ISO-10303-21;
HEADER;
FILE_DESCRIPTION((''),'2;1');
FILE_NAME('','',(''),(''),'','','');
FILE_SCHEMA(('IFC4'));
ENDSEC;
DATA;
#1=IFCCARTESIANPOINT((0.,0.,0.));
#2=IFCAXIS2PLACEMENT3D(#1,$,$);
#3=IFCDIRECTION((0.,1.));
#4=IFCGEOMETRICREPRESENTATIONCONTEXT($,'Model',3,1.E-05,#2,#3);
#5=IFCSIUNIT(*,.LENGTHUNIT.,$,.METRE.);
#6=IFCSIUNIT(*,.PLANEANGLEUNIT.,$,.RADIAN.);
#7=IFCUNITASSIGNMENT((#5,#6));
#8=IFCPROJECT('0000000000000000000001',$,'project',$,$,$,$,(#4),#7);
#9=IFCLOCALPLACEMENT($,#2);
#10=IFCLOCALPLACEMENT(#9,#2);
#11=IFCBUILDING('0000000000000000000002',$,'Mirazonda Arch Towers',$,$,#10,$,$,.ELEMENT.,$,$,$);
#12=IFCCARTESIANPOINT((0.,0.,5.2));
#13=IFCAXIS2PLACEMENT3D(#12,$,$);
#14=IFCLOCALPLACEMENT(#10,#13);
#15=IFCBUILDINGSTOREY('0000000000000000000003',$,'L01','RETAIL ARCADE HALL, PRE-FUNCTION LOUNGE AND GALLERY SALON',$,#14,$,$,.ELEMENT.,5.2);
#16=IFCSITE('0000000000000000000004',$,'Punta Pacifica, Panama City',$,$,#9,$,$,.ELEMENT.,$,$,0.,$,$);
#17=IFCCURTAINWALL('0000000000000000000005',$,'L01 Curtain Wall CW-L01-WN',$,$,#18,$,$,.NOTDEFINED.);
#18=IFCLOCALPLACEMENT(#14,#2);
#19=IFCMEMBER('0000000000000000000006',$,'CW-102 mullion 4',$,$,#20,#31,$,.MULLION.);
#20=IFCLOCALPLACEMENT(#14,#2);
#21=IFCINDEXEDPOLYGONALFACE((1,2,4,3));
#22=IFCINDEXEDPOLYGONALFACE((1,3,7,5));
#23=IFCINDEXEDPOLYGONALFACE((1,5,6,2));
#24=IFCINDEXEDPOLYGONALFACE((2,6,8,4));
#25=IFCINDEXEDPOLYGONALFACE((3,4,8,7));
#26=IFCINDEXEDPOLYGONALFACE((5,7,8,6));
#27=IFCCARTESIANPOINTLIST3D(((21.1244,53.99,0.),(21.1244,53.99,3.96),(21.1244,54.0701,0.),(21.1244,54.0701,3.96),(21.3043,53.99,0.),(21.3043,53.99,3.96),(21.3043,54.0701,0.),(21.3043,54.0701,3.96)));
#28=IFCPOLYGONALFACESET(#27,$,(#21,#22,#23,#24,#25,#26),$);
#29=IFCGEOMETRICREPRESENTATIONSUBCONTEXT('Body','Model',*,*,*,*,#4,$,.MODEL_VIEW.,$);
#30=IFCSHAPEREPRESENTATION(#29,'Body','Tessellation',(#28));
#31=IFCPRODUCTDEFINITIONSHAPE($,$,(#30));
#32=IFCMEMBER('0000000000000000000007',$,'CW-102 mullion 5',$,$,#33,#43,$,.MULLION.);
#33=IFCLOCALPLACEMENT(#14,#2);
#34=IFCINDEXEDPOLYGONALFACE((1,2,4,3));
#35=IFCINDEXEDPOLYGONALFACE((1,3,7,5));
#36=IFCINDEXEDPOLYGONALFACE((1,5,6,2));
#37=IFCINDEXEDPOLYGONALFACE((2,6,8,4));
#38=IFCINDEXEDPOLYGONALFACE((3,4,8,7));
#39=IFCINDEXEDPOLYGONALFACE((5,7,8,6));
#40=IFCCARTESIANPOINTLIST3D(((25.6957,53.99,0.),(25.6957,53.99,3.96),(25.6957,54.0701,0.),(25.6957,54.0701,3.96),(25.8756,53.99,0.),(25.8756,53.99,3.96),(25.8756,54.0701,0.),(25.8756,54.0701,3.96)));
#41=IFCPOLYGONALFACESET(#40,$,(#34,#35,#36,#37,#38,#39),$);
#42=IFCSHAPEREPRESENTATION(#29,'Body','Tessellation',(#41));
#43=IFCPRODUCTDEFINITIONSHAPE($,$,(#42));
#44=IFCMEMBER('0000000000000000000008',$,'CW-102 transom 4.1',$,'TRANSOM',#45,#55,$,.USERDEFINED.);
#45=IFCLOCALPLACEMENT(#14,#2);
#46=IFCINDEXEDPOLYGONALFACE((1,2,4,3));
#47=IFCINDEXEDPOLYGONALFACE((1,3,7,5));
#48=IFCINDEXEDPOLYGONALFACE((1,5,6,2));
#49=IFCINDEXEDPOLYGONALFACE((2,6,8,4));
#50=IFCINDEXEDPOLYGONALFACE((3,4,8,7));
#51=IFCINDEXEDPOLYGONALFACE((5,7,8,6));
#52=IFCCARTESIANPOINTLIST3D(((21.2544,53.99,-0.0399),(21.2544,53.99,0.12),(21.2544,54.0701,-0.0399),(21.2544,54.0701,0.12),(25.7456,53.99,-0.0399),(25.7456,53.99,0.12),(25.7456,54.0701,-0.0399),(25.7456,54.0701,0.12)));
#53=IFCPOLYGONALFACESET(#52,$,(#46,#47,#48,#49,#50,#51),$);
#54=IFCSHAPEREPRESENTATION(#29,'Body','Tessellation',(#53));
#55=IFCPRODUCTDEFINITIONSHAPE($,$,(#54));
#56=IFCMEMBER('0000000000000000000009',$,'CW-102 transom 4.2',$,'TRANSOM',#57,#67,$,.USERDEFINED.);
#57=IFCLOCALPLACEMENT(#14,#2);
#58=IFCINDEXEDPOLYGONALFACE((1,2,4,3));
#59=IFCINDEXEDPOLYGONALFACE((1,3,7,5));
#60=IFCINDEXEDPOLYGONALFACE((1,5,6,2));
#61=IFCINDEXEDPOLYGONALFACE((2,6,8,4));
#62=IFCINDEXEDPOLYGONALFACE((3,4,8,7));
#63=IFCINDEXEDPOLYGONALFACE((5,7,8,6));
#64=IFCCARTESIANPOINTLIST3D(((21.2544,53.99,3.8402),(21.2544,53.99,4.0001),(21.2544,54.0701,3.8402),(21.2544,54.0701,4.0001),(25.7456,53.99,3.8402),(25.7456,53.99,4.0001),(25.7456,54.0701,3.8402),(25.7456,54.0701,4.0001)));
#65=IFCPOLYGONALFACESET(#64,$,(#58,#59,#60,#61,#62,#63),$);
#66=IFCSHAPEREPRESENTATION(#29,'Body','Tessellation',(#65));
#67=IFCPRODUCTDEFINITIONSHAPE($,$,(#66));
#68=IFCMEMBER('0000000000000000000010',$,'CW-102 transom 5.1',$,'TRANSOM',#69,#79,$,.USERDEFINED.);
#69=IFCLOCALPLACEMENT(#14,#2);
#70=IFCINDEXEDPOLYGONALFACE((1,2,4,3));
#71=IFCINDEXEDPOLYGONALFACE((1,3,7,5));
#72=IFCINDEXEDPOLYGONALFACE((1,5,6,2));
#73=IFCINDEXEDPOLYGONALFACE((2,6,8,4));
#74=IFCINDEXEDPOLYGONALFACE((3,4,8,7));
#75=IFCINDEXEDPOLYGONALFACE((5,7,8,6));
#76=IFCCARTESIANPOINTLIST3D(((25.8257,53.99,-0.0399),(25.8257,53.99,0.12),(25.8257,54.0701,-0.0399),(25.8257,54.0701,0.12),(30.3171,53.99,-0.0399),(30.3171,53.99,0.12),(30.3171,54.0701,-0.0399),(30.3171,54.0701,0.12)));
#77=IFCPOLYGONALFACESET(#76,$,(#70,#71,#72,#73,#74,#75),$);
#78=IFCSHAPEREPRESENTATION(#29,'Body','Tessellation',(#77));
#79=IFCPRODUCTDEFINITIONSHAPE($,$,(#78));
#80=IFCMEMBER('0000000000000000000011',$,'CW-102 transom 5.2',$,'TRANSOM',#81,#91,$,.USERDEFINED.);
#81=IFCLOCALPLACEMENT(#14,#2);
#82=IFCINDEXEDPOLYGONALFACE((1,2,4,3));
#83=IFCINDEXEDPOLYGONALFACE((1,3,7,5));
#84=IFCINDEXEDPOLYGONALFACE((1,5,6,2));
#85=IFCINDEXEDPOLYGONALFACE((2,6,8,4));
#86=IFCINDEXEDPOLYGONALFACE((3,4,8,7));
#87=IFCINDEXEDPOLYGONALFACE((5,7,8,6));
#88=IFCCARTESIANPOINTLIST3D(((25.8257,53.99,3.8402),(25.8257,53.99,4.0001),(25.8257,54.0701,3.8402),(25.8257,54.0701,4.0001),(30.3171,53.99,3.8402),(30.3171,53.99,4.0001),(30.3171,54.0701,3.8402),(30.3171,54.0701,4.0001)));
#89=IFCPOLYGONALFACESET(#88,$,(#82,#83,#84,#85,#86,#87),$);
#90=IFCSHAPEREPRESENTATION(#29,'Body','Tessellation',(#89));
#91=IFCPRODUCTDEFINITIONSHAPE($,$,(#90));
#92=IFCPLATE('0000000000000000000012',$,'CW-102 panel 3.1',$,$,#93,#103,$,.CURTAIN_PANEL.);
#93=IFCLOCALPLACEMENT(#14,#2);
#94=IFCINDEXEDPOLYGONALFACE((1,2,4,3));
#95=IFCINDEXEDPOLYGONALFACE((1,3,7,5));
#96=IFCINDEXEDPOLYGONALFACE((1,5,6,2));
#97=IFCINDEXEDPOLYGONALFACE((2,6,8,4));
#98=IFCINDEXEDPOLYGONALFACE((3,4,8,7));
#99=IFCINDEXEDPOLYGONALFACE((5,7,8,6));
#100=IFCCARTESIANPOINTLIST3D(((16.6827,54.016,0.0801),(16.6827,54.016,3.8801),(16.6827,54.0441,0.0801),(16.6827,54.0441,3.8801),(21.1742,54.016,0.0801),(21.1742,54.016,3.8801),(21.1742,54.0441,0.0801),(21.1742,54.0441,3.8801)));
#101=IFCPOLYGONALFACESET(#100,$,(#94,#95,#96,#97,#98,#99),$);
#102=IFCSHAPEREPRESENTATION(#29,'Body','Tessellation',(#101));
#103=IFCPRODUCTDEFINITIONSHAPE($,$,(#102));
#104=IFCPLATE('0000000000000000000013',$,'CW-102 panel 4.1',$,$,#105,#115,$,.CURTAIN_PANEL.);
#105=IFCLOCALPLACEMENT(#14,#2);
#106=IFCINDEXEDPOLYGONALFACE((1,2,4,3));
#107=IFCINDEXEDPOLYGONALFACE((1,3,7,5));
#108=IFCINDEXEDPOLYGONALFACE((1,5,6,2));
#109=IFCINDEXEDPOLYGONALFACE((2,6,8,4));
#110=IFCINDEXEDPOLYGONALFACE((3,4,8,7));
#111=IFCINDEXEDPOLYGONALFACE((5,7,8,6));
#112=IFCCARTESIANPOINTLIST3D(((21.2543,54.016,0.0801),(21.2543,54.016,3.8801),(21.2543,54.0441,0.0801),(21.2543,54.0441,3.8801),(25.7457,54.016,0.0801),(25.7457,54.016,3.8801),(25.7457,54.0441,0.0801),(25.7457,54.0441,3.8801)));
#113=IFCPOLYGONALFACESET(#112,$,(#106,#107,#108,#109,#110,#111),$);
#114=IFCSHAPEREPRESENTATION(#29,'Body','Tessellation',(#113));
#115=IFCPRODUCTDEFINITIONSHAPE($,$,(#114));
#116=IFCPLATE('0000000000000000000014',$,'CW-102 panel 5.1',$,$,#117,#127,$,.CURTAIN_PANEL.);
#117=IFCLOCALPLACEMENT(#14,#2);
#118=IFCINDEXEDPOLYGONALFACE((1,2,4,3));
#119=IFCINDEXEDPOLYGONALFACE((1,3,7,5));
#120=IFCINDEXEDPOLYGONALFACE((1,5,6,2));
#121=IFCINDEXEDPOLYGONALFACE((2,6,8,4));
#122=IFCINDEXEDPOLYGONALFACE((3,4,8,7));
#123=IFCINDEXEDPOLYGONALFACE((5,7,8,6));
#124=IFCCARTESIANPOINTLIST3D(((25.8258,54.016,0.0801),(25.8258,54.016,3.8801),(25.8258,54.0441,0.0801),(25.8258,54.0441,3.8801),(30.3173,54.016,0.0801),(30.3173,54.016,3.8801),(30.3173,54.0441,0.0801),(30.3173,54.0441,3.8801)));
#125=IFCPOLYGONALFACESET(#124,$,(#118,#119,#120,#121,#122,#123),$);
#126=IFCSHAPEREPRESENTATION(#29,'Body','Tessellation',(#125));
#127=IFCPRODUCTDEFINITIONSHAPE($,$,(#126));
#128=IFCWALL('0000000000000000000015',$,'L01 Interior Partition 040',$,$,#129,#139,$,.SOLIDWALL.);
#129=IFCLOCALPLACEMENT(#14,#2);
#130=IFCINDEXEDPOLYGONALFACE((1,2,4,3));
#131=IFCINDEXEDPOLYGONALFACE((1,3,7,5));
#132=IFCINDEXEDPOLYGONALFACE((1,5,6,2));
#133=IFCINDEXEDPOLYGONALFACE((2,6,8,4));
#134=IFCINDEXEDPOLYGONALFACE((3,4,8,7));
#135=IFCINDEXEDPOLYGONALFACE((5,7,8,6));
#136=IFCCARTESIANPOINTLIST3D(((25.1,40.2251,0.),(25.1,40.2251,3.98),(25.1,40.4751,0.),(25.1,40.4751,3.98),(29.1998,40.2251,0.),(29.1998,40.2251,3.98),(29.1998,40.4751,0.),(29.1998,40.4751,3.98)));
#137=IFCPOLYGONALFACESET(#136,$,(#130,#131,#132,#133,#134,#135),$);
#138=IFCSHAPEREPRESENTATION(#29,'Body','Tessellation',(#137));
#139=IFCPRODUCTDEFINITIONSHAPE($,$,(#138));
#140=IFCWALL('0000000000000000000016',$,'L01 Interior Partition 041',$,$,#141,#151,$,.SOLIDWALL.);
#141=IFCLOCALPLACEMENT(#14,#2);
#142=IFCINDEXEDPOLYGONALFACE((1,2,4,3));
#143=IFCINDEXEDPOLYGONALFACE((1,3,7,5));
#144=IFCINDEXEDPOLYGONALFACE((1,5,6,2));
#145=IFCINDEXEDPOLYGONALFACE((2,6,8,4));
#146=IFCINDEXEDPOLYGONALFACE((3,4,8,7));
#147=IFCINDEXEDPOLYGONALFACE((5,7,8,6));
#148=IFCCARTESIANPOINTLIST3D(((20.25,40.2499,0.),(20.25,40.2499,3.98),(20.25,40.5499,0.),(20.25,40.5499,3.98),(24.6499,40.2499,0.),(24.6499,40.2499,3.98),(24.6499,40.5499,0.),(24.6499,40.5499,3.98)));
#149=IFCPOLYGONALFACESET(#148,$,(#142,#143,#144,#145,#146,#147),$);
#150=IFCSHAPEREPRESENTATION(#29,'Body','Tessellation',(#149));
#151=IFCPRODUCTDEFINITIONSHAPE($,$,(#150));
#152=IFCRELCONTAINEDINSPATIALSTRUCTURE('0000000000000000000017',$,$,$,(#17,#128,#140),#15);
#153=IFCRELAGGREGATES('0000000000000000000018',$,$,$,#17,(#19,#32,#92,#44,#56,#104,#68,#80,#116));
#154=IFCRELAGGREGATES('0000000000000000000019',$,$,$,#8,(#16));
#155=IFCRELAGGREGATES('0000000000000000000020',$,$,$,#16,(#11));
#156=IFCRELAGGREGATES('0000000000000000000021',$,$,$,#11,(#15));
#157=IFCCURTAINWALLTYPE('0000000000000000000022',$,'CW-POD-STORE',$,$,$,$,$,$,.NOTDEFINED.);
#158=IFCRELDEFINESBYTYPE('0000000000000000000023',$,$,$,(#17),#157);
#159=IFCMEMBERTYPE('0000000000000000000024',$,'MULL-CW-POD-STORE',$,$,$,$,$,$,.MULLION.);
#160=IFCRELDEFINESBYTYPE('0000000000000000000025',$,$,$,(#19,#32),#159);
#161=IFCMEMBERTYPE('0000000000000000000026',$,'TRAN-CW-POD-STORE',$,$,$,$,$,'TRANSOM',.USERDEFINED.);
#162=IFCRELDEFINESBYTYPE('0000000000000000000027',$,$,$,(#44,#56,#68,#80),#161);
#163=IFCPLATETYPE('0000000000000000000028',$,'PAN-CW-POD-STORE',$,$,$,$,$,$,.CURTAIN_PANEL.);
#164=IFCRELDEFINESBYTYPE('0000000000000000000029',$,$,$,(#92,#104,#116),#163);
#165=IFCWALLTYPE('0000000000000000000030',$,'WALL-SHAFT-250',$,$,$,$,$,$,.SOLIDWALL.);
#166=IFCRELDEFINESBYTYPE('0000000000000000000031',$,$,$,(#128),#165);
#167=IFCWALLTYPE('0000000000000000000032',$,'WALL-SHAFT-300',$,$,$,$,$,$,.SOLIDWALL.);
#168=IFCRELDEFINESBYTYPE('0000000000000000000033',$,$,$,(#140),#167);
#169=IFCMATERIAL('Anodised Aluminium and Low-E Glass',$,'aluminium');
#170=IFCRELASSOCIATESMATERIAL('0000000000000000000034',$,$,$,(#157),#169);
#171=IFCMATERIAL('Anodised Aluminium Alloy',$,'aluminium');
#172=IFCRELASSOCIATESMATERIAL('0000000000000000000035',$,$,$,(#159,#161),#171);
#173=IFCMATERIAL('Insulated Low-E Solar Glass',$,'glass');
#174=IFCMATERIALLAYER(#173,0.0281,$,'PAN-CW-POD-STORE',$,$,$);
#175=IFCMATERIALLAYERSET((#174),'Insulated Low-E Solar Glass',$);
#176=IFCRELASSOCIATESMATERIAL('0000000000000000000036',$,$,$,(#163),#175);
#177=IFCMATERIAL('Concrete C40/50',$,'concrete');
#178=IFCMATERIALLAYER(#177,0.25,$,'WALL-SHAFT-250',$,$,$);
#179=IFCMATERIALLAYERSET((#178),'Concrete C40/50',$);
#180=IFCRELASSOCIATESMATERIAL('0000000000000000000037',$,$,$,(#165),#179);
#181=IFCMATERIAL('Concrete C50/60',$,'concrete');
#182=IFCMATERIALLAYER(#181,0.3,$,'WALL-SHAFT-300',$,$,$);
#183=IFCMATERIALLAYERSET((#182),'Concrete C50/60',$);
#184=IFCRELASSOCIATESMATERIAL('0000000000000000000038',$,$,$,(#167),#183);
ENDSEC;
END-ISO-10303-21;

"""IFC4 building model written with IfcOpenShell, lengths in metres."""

from ifc_helpers import new_model, si_unit, direction, frame, frame_2d, origin, origin_2d, place, context, subcontext, project, spatial, rectangle, extrude, material, layer, layer_set, material_profile, profile_set, type_object, element, aggregate, save


model = new_model("IFC4")

# Units and contexts
model_context = context("Model", 3, precision=1e-05, world=origin(), true_north=direction((0.0, 1.0)))
body_context = subcontext(model_context, "Body", "Model", "MODEL_VIEW")
ifc_project = project(units=[si_unit("LENGTHUNIT", "METRE"), si_unit("PLANEANGLEUNIT", "RADIAN")], contexts=[model_context])

# Site, building, storey
site_placement = place(None, origin())
site = spatial("IfcSite", under=ifc_project, at=site_placement, Name="Punta Pacifica, Panama City", CompositionType="ELEMENT", RefElevation=0.0)
building_placement = place(site_placement, origin())
building = spatial("IfcBuilding", under=site, at=building_placement, Name="Mirazonda Arch Towers", CompositionType="ELEMENT")
storey_placement = place(building_placement, frame((0.0, 0.0, 5.2)))
storey = spatial("IfcBuildingStorey", under=building, at=storey_placement, Name="L01", Description="RETAIL ARCADE HALL, PRE-FUNCTION LOUNGE AND GALLERY SALON", CompositionType="ELEMENT", Elevation=5.2)

# Shared definitions
ifc_material_1 = material(Name="Concrete C50/60", Category="concrete")

# Curtain wall, members, plates
ifc_material_2 = material(Name="Anodised Aluminium and Low-E Glass", Category="aluminium")
curtain_wall_type = type_object("IfcCurtainWallType", Name="CW-POD-STORE", PredefinedType="NOTDEFINED", material=ifc_material_2)
curtain_wall_placement = place(storey_placement, origin())
curtain_wall = element("IfcCurtainWall", 1, at=curtain_wall_placement, inside=storey, type_object=curtain_wall_type, Name="L01 Curtain Wall CW-L01-WN", PredefinedType="NOTDEFINED")
ifc_material_3 = material(Name="Anodised Aluminium Alloy", Category="aluminium")
ifc_material_profile_1 = material_profile(ifc_material_3, rectangle(XDim=0.0801, YDim=0.1799, at=origin_2d()), Name="ALU-MULL-80x180")
ifc_profile_set_1 = profile_set([ifc_material_profile_1], Name="Anodised Aluminium Alloy")
member_type_1 = type_object("IfcMemberType", Name="MULL-CW-POD-STORE", PredefinedType="MULLION", material=ifc_profile_set_1)
member_1_placement = place(storey_placement, frame((21.2144, 54.03, 0.0), z_axis=(0.0, 0.0, 1.0), x_axis=(0.0, 1.0, 0.0)))
member_1 = element("IfcMember", 2, at=member_1_placement, type_object=member_type_1, Name="CW-102 mullion 4", PredefinedType="MULLION", context=body_context, shape_type="SweptSolid", body=[
    extrude(rectangle(XDim=0.0801, YDim=0.1799, at=origin_2d()), origin(), (0.0, 0.0, 1.0), 3.96),
])
member_2_placement = place(storey_placement, frame((25.7856, 54.03, 0.0), z_axis=(0.0, 0.0, 1.0), x_axis=(0.0, 1.0, 0.0)))
member_2 = element("IfcMember", 3, at=member_2_placement, type_object=member_type_1, Name="CW-102 mullion 5", PredefinedType="MULLION", context=body_context, shape_type="SweptSolid", body=[
    extrude(rectangle(XDim=0.0801, YDim=0.1799, at=origin_2d()), origin(), (0.0, 0.0, 1.0), 3.96),
])
ifc_material_profile_2 = material_profile(ifc_material_3, rectangle(XDim=0.0801, YDim=0.1599, at=origin_2d()), Name="ALU-TRAN-80x160")
ifc_profile_set_2 = profile_set([ifc_material_profile_2], Name="Anodised Aluminium Alloy")
member_type_2 = type_object("IfcMemberType", Name="TRAN-CW-POD-STORE", ElementType="TRANSOM", PredefinedType="USERDEFINED", material=ifc_profile_set_2)
member_3_placement = place(storey_placement, frame((21.2544, 54.03, 0.04), z_axis=(1.0, 0.0, 0.0), x_axis=(0.0, 1.0, 0.0)))
member_3 = element("IfcMember", 4, at=member_3_placement, type_object=member_type_2, Name="CW-102 transom 4.1", ObjectType="TRANSOM", PredefinedType="USERDEFINED", context=body_context, shape_type="SweptSolid", body=[
    extrude(rectangle(XDim=0.0801, YDim=0.1599, at=origin_2d()), origin(), (0.0, 0.0, 1.0), 4.4912),
])
member_4_placement = place(storey_placement, frame((21.2544, 54.03, 3.9202), z_axis=(1.0, 0.0, 0.0), x_axis=(0.0, 1.0, 0.0)))
member_4 = element("IfcMember", 5, at=member_4_placement, type_object=member_type_2, Name="CW-102 transom 4.2", ObjectType="TRANSOM", PredefinedType="USERDEFINED", context=body_context, shape_type="SweptSolid", body=[
    extrude(rectangle(XDim=0.0801, YDim=0.1599, at=origin_2d()), origin(), (0.0, 0.0, 1.0), 4.4912),
])
member_5_placement = place(storey_placement, frame((25.8257, 54.03, 0.04), z_axis=(1.0, 0.0, 0.0), x_axis=(0.0, 1.0, 0.0)))
member_5 = element("IfcMember", 6, at=member_5_placement, type_object=member_type_2, Name="CW-102 transom 5.1", ObjectType="TRANSOM", PredefinedType="USERDEFINED", context=body_context, shape_type="SweptSolid", body=[
    extrude(rectangle(XDim=0.0801, YDim=0.1599, at=origin_2d()), origin(), (0.0, 0.0, 1.0), 4.4915),
])
member_6_placement = place(storey_placement, frame((25.8257, 54.03, 3.9202), z_axis=(1.0, 0.0, 0.0), x_axis=(0.0, 1.0, 0.0)))
member_6 = element("IfcMember", 7, at=member_6_placement, type_object=member_type_2, Name="CW-102 transom 5.2", ObjectType="TRANSOM", PredefinedType="USERDEFINED", context=body_context, shape_type="SweptSolid", body=[
    extrude(rectangle(XDim=0.0801, YDim=0.1599, at=origin_2d()), origin(), (0.0, 0.0, 1.0), 4.4915),
])
ifc_material_4 = material(Name="Insulated Low-E Solar Glass", Category="glass")
ifc_layer_1 = layer(ifc_material_4, 0.0281, Name="PAN-CW-POD-STORE")
ifc_layer_set_1 = layer_set([ifc_layer_1], Name="Insulated Low-E Solar Glass")
plate_type = type_object("IfcPlateType", Name="PAN-CW-POD-STORE", PredefinedType="CURTAIN_PANEL", material=ifc_layer_set_1)
plate_1_placement = place(storey_placement, frame((18.9285, 54.03, 0.0801), z_axis=(0.0, 0.0, 1.0), x_axis=(1.0, 0.0, 0.0)))
plate_1 = element("IfcPlate", 8, at=plate_1_placement, type_object=plate_type, Name="CW-102 panel 3.1", PredefinedType="CURTAIN_PANEL", context=body_context, shape_type="SweptSolid", body=[
    extrude(rectangle(XDim=4.4915, YDim=0.0281, at=origin_2d()), origin(), (0.0, 0.0, 1.0), 3.8),
])
plate_2_placement = place(storey_placement, frame((23.5, 54.03, 0.0801), z_axis=(0.0, 0.0, 1.0), x_axis=(1.0, 0.0, 0.0)))
plate_2 = element("IfcPlate", 9, at=plate_2_placement, type_object=plate_type, Name="CW-102 panel 4.1", PredefinedType="CURTAIN_PANEL", context=body_context, shape_type="SweptSolid", body=[
    extrude(rectangle(XDim=4.4915, YDim=0.0281, at=origin_2d()), origin(), (0.0, 0.0, 1.0), 3.8),
])
plate_3_placement = place(storey_placement, frame((28.0715, 54.03, 0.0801), z_axis=(0.0, 0.0, 1.0), x_axis=(1.0, 0.0, 0.0)))
plate_3 = element("IfcPlate", 10, at=plate_3_placement, type_object=plate_type, Name="CW-102 panel 5.1", PredefinedType="CURTAIN_PANEL", context=body_context, shape_type="SweptSolid", body=[
    extrude(rectangle(XDim=4.4915, YDim=0.0281, at=origin_2d()), origin(), (0.0, 0.0, 1.0), 3.8),
])
aggregate(curtain_wall, [member_1, member_2, plate_1, member_3, member_4, plate_2, member_5, member_6, plate_3])

# Walls
ifc_material_5 = material(Name="Concrete C40/50", Category="concrete")
ifc_layer_2 = layer(ifc_material_5, 0.25, Name="WALL-SHAFT-250")
ifc_layer_set_2 = layer_set([ifc_layer_2], Name="Concrete C40/50")
wall_type_1 = type_object("IfcWallType", Name="WALL-SHAFT-250", PredefinedType="SOLIDWALL", material=ifc_layer_set_2)
wall_1_placement = place(storey_placement, frame((25.1001, 40.3501, 0.0), z_axis=(0.0, 0.0, 1.0), x_axis=(1.0, 0.0, 0.0)))
element("IfcWall", 11, at=wall_1_placement, inside=storey, type_object=wall_type_1, Name="L01 Interior Partition 040", PredefinedType="SOLIDWALL", context=body_context, shape_type="SweptSolid", body=[
    extrude(rectangle(XDim=4.0999, YDim=0.25, at=frame_2d((2.0498, 0.0))), origin(), (0.0, 0.0, 1.0), 3.98),
])
ifc_layer_3 = layer(ifc_material_1, 0.3, Name="WALL-SHAFT-300")
ifc_layer_set_3 = layer_set([ifc_layer_3], Name="Concrete C50/60")
wall_type_2 = type_object("IfcWallType", Name="WALL-SHAFT-300", PredefinedType="SOLIDWALL", material=ifc_layer_set_3)
wall_2_placement = place(storey_placement, frame((20.25, 40.3999, 0.0), z_axis=(0.0, 0.0, 1.0), x_axis=(1.0, 0.0, 0.0)))
element("IfcWall", 12, at=wall_2_placement, inside=storey, type_object=wall_type_2, Name="L01 Interior Partition 041", PredefinedType="SOLIDWALL", context=body_context, shape_type="SweptSolid", body=[
    extrude(rectangle(XDim=4.3999, YDim=0.3, at=frame_2d((2.2, 0.0))), origin(), (0.0, 0.0, 1.0), 3.98),
])

save(model, "model.ifc")
